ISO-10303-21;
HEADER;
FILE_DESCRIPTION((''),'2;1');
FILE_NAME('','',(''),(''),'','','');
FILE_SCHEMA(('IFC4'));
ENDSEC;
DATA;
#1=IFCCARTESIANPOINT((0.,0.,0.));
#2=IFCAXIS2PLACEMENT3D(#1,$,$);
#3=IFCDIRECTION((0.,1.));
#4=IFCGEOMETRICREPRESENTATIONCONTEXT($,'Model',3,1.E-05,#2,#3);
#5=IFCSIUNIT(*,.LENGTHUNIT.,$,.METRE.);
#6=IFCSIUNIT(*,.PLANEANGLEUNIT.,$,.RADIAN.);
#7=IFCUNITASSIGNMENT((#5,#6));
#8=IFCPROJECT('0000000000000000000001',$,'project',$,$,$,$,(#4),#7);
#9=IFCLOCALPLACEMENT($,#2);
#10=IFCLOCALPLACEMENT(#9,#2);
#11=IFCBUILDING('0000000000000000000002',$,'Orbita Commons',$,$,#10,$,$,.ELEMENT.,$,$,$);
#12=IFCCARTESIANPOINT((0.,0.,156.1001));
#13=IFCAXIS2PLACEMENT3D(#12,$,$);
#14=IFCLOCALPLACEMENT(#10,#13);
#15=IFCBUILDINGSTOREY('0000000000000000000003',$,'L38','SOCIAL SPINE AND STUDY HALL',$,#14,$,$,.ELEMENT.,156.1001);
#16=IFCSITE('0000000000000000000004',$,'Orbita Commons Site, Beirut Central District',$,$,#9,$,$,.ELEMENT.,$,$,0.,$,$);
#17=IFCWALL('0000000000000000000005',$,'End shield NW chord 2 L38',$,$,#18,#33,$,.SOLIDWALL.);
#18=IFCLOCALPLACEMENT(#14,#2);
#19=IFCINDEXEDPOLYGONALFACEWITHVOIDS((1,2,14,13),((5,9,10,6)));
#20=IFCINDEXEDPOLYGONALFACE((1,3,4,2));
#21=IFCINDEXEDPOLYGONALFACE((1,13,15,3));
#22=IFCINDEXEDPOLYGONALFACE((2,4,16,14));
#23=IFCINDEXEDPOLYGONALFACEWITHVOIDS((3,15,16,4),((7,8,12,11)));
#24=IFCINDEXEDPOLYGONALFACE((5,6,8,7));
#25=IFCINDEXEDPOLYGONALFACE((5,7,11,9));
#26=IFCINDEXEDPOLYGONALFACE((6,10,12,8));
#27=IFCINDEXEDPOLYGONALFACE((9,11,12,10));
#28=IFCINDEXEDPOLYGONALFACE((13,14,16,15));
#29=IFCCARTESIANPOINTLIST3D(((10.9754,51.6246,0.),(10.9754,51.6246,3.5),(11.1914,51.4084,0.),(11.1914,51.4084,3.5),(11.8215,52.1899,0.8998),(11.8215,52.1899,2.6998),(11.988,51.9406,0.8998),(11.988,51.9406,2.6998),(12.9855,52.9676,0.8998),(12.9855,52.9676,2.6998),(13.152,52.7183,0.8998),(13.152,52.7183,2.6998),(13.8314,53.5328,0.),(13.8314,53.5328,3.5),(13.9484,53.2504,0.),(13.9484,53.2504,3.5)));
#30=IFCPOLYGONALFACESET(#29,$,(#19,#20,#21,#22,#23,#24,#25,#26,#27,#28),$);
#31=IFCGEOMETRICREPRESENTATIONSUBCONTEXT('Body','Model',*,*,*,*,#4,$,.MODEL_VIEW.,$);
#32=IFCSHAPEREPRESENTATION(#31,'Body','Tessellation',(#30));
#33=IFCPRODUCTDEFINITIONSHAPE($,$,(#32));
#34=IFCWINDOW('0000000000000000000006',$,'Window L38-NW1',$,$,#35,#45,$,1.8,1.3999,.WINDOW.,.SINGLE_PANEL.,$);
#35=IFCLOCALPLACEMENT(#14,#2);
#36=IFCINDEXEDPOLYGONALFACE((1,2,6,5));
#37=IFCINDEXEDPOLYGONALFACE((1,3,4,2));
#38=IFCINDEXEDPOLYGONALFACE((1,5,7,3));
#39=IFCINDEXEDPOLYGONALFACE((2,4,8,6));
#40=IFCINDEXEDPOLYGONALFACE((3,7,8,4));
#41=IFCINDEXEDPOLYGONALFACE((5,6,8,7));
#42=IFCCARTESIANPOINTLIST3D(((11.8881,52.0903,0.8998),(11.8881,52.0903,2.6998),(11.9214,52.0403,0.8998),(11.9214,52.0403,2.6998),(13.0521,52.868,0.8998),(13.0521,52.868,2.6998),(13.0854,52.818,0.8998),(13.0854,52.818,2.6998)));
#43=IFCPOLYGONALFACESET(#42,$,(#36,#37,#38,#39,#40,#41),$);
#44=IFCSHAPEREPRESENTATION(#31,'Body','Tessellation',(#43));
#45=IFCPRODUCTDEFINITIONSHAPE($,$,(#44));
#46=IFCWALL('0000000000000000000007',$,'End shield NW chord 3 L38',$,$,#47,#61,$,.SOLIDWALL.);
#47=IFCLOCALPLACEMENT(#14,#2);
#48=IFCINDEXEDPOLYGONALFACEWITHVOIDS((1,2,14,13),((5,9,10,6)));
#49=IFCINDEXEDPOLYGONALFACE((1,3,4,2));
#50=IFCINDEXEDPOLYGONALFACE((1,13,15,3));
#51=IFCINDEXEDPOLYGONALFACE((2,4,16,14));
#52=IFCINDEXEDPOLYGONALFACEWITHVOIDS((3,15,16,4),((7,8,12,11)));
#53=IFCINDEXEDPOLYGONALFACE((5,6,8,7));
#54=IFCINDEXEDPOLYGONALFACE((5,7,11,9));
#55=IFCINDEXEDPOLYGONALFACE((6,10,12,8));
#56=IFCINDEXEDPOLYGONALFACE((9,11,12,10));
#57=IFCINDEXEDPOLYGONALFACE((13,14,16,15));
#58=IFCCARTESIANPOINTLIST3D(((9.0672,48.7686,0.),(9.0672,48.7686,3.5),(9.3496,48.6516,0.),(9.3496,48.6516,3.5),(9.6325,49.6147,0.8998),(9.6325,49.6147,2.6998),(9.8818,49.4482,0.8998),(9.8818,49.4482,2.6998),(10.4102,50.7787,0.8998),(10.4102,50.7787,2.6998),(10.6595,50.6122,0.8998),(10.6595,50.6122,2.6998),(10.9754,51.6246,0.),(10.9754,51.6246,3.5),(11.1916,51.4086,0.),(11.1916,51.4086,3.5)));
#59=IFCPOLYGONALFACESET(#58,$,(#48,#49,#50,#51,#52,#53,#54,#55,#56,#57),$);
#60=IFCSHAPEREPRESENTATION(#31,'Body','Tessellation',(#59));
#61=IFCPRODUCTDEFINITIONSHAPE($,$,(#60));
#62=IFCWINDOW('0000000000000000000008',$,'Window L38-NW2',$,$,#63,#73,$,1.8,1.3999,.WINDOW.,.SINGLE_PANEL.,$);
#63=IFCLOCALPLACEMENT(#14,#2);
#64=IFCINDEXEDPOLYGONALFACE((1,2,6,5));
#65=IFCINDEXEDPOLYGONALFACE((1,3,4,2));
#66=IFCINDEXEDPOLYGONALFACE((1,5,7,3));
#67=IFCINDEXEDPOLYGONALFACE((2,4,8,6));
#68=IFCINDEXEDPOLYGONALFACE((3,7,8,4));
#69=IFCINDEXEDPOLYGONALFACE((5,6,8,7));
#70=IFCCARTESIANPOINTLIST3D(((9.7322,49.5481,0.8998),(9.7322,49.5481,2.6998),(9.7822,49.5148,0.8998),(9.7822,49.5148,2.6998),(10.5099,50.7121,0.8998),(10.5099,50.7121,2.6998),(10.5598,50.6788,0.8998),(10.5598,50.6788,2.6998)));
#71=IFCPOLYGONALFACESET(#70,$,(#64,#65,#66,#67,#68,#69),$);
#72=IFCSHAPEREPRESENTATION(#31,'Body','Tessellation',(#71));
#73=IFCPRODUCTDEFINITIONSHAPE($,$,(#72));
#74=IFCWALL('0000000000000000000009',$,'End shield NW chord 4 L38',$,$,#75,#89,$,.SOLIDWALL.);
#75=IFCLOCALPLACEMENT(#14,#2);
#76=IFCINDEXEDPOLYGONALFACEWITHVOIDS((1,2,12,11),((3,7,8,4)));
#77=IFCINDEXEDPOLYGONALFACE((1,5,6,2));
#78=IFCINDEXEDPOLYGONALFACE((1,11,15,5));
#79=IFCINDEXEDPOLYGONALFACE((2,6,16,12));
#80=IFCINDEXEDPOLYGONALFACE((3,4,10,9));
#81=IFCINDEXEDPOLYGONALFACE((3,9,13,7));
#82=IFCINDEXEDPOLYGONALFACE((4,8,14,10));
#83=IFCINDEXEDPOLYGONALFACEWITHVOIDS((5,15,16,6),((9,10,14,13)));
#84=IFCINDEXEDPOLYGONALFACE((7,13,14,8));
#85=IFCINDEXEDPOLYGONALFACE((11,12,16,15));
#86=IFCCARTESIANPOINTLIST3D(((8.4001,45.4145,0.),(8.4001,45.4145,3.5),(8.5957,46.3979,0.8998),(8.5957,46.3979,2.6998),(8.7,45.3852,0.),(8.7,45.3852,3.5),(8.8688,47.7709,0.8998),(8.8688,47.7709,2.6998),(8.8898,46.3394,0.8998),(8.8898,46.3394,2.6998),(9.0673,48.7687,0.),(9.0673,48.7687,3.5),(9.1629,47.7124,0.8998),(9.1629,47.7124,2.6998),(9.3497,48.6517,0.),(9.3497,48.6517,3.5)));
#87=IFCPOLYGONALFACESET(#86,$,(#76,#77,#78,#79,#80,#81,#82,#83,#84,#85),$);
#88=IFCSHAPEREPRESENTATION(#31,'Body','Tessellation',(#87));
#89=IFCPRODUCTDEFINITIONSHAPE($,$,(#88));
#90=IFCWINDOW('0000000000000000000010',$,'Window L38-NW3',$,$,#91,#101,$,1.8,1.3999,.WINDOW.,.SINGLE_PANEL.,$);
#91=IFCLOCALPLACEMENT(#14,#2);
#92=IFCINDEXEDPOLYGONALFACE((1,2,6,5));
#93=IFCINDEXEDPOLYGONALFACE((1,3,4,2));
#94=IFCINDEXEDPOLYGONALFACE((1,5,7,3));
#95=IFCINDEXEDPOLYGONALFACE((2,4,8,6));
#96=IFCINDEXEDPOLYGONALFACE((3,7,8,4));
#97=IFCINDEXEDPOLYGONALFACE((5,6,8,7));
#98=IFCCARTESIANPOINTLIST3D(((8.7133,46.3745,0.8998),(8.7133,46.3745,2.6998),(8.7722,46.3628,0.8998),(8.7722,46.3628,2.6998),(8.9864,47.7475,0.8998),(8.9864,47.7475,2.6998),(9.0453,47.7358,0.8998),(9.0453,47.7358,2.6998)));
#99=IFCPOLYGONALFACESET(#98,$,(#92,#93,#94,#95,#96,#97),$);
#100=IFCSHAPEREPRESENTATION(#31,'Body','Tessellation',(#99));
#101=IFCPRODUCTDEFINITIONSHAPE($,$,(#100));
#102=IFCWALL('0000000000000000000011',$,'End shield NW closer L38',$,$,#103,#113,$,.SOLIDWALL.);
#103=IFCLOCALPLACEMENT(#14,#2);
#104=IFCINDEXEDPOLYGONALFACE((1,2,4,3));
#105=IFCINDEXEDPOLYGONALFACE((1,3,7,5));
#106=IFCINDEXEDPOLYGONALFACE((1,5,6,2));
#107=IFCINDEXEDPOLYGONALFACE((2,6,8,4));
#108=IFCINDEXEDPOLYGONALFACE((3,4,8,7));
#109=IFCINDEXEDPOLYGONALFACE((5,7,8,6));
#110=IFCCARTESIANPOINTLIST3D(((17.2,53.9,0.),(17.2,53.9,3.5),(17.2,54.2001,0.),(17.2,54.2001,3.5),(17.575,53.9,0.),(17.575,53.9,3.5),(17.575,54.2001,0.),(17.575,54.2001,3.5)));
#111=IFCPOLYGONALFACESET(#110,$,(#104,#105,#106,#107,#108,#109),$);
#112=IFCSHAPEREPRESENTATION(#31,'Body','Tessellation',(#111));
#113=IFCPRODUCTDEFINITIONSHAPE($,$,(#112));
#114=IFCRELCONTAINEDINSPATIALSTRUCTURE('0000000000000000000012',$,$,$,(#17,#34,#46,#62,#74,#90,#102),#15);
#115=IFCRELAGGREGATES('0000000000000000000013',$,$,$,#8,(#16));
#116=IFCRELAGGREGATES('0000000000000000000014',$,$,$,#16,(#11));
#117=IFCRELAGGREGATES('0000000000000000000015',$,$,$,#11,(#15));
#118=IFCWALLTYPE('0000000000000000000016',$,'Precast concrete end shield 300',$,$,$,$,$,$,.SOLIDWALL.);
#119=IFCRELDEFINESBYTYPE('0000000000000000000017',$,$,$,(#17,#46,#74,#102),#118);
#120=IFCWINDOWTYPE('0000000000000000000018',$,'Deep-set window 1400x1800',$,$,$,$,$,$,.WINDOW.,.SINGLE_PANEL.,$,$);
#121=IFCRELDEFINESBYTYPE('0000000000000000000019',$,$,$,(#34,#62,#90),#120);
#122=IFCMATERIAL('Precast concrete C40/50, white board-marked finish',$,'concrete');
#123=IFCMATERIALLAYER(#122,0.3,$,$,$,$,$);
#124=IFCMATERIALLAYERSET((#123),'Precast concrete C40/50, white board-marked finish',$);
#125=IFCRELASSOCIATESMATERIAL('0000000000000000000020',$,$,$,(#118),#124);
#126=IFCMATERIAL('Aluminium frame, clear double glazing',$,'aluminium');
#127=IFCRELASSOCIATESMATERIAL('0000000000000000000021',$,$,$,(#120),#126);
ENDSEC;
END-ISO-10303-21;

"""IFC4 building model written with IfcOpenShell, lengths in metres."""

from ifc_helpers import new_model, si_unit, direction, frame, frame_2d, origin, place, context, subcontext, project, spatial, polyline, rectangle, outline, extrude, material, layer, layer_set, type_object, element, fill, save


model = new_model("IFC4")

# Units and contexts
model_context = context("Model", 3, precision=1e-05, world=origin(), true_north=direction((0.0, 1.0)))
body_context = subcontext(model_context, "Body", "Model", "MODEL_VIEW")
ifc_project = project(units=[si_unit("LENGTHUNIT", "METRE"), si_unit("PLANEANGLEUNIT", "RADIAN")], contexts=[model_context])

# Site, building, storey
site_placement = place(None, origin())
site = spatial("IfcSite", under=ifc_project, at=site_placement, Name="Orbita Commons Site, Beirut Central District", CompositionType="ELEMENT", RefElevation=0.0)
building_placement = place(site_placement, origin())
building = spatial("IfcBuilding", under=site, at=building_placement, Name="Orbita Commons", CompositionType="ELEMENT")
storey_placement = place(building_placement, frame((0.0, 0.0, 156.1001)))
storey = spatial("IfcBuildingStorey", under=building, at=storey_placement, Name="L38", Description="SOCIAL SPINE AND STUDY HALL", CompositionType="ELEMENT", Elevation=156.1001)

# Walls, openings, windows
ifc_material_1 = material(Name="Precast concrete C40/50, white board-marked finish", Category="concrete")
ifc_layer_1 = layer(ifc_material_1, 0.3)
ifc_layer_set_1 = layer_set([ifc_layer_1], Name="Precast concrete C40/50, white board-marked finish")
wall_type_1 = type_object("IfcWallType", Name="Precast concrete end shield 300", PredefinedType="SOLIDWALL", material=ifc_layer_set_1)
ifc_material_2 = material(Name="Aluminium frame, clear double glazing", Category="aluminium")
window_type = type_object("IfcWindowType", Name="Deep-set window 1400x1800", PartitioningType="SINGLE_PANEL", PredefinedType="WINDOW", material=ifc_material_2)
wall_1_placement = place(storey_placement, frame((13.8899, 53.3916, 0.0), z_axis=(0.0, 0.0, 1.0), x_axis=(-0.831493, -0.555535, 0.0)))
wall_1 = element("IfcWall", 1, at=wall_1_placement, inside=storey, type_object=wall_type_1, Name="End shield NW chord 2 L38", PredefinedType="SOLIDWALL", context=body_context, shape_type="SweptSolid", body=[
    extrude(outline(polyline([(-0.0298, -0.1499), (3.405, -0.1499), (3.3455, 0.1499), (0.0298, 0.1499), (-0.0298, -0.1499)])), origin(), (0.0, 0.0, 1.0), 3.5),
])
opening_1_placement = place(wall_1_placement, frame((0.9875, 0.0, 0.8999)))
opening_1 = element("IfcOpeningElement", 2, at=opening_1_placement, cuts=wall_1, PredefinedType="OPENING", context=body_context, shape_type="SweptSolid", body=[
    extrude(rectangle(XDim=1.3999, YDim=1.8, at=frame_2d((0.7, 0.8999))), frame((0.0, 0.1599, 0.0), z_axis=(0.0, -1.0, 0.0), x_axis=(1.0, 0.0, 0.0)), (0.0, 0.0, 1.0), 0.3201),
])
window_1_placement = place(opening_1_placement, origin())
window_1 = element("IfcWindow", 3, at=window_1_placement, inside=storey, type_object=window_type, Name="Window L38-NW1", OverallHeight=1.8, OverallWidth=1.3999, PartitioningType="SINGLE_PANEL", PredefinedType="WINDOW", context=body_context, shape_type="SweptSolid", body=[
    extrude(rectangle(XDim=1.3999, YDim=1.8, at=frame_2d((0.7, 0.8999))), frame((0.0, 0.03, 0.0), z_axis=(0.0, -1.0, 0.0), x_axis=(1.0, 0.0, 0.0)), (0.0, 0.0, 1.0), 0.0601),
])
fill(opening_1, window_1)
wall_2_placement = place(storey_placement, frame((11.0835, 51.5166, 0.0), z_axis=(0.0, 0.0, 1.0), x_axis=(-0.555535, -0.831493, 0.0)))
wall_2 = element("IfcWall", 4, at=wall_2_placement, inside=storey, type_object=wall_type_1, Name="End shield NW chord 3 L38", PredefinedType="SOLIDWALL", context=body_context, shape_type="SweptSolid", body=[
    extrude(outline(polyline([(-0.0298, -0.1499), (3.405, -0.1499), (3.3455, 0.1499), (0.0298, 0.1499), (-0.0298, -0.1499)])), origin(), (0.0, 0.0, 1.0), 3.5),
])
opening_2_placement = place(wall_2_placement, frame((0.9875, 0.0, 0.8999)))
opening_2 = element("IfcOpeningElement", 5, at=opening_2_placement, cuts=wall_2, PredefinedType="OPENING", context=body_context, shape_type="SweptSolid", body=[
    extrude(rectangle(XDim=1.3999, YDim=1.8, at=frame_2d((0.7, 0.8999))), frame((0.0, 0.1599, 0.0), z_axis=(0.0, -1.0, 0.0), x_axis=(1.0, 0.0, 0.0)), (0.0, 0.0, 1.0), 0.3201),
])
window_2_placement = place(opening_2_placement, origin())
window_2 = element("IfcWindow", 6, at=window_2_placement, inside=storey, type_object=window_type, Name="Window L38-NW2", OverallHeight=1.8, OverallWidth=1.3999, PartitioningType="SINGLE_PANEL", PredefinedType="WINDOW", context=body_context, shape_type="SweptSolid", body=[
    extrude(rectangle(XDim=1.3999, YDim=1.8, at=frame_2d((0.7, 0.8999))), frame((0.0, 0.03, 0.0), z_axis=(0.0, -1.0, 0.0), x_axis=(1.0, 0.0, 0.0)), (0.0, 0.0, 1.0), 0.0601),
])
fill(opening_2, window_2)
wall_3_placement = place(storey_placement, frame((9.2085, 48.7102, 0.0), z_axis=(0.0, 0.0, 1.0), x_axis=(-0.195087, -0.980786, 0.0)))
wall_3 = element("IfcWall", 7, at=wall_3_placement, inside=storey, type_object=wall_type_1, Name="End shield NW chord 4 L38", PredefinedType="SOLIDWALL", context=body_context, shape_type="SweptSolid", body=[
    extrude(outline(polyline([(-0.0298, -0.1499), (3.3901, -0.1499), (3.3604, 0.1499), (0.0298, 0.1499), (-0.0298, -0.1499)])), origin(), (0.0, 0.0, 1.0), 3.5),
])
opening_3_placement = place(wall_3_placement, frame((0.9875, 0.0, 0.8999)))
opening_3 = element("IfcOpeningElement", 8, at=opening_3_placement, cuts=wall_3, PredefinedType="OPENING", context=body_context, shape_type="SweptSolid", body=[
    extrude(rectangle(XDim=1.3999, YDim=1.8, at=frame_2d((0.7, 0.8999))), frame((0.0, 0.1599, 0.0), z_axis=(0.0, -1.0, 0.0), x_axis=(1.0, 0.0, 0.0)), (0.0, 0.0, 1.0), 0.3201),
])
window_3_placement = place(opening_3_placement, origin())
window_3 = element("IfcWindow", 9, at=window_3_placement, inside=storey, type_object=window_type, Name="Window L38-NW3", OverallHeight=1.8, OverallWidth=1.3999, PartitioningType="SINGLE_PANEL", PredefinedType="WINDOW", context=body_context, shape_type="SweptSolid", body=[
    extrude(rectangle(XDim=1.3999, YDim=1.8, at=frame_2d((0.7, 0.8999))), frame((0.0, 0.03, 0.0), z_axis=(0.0, -1.0, 0.0), x_axis=(1.0, 0.0, 0.0)), (0.0, 0.0, 1.0), 0.0601),
])
fill(opening_3, window_3)

# Wall
wall_4_placement = place(storey_placement, frame((17.2, 54.05, 0.0), z_axis=(0.0, 0.0, 1.0), x_axis=(1.0, 0.0, 0.0)))
element("IfcWall", 10, at=wall_4_placement, inside=storey, type_object=wall_type_1, Name="End shield NW closer L38", PredefinedType="SOLIDWALL", context=body_context, shape_type="SweptSolid", body=[
    extrude(rectangle(XDim=0.375, YDim=0.3, at=frame_2d((0.1875, 0.0))), origin(), (0.0, 0.0, 1.0), 3.5),
])

save(model, "model.ifc")
